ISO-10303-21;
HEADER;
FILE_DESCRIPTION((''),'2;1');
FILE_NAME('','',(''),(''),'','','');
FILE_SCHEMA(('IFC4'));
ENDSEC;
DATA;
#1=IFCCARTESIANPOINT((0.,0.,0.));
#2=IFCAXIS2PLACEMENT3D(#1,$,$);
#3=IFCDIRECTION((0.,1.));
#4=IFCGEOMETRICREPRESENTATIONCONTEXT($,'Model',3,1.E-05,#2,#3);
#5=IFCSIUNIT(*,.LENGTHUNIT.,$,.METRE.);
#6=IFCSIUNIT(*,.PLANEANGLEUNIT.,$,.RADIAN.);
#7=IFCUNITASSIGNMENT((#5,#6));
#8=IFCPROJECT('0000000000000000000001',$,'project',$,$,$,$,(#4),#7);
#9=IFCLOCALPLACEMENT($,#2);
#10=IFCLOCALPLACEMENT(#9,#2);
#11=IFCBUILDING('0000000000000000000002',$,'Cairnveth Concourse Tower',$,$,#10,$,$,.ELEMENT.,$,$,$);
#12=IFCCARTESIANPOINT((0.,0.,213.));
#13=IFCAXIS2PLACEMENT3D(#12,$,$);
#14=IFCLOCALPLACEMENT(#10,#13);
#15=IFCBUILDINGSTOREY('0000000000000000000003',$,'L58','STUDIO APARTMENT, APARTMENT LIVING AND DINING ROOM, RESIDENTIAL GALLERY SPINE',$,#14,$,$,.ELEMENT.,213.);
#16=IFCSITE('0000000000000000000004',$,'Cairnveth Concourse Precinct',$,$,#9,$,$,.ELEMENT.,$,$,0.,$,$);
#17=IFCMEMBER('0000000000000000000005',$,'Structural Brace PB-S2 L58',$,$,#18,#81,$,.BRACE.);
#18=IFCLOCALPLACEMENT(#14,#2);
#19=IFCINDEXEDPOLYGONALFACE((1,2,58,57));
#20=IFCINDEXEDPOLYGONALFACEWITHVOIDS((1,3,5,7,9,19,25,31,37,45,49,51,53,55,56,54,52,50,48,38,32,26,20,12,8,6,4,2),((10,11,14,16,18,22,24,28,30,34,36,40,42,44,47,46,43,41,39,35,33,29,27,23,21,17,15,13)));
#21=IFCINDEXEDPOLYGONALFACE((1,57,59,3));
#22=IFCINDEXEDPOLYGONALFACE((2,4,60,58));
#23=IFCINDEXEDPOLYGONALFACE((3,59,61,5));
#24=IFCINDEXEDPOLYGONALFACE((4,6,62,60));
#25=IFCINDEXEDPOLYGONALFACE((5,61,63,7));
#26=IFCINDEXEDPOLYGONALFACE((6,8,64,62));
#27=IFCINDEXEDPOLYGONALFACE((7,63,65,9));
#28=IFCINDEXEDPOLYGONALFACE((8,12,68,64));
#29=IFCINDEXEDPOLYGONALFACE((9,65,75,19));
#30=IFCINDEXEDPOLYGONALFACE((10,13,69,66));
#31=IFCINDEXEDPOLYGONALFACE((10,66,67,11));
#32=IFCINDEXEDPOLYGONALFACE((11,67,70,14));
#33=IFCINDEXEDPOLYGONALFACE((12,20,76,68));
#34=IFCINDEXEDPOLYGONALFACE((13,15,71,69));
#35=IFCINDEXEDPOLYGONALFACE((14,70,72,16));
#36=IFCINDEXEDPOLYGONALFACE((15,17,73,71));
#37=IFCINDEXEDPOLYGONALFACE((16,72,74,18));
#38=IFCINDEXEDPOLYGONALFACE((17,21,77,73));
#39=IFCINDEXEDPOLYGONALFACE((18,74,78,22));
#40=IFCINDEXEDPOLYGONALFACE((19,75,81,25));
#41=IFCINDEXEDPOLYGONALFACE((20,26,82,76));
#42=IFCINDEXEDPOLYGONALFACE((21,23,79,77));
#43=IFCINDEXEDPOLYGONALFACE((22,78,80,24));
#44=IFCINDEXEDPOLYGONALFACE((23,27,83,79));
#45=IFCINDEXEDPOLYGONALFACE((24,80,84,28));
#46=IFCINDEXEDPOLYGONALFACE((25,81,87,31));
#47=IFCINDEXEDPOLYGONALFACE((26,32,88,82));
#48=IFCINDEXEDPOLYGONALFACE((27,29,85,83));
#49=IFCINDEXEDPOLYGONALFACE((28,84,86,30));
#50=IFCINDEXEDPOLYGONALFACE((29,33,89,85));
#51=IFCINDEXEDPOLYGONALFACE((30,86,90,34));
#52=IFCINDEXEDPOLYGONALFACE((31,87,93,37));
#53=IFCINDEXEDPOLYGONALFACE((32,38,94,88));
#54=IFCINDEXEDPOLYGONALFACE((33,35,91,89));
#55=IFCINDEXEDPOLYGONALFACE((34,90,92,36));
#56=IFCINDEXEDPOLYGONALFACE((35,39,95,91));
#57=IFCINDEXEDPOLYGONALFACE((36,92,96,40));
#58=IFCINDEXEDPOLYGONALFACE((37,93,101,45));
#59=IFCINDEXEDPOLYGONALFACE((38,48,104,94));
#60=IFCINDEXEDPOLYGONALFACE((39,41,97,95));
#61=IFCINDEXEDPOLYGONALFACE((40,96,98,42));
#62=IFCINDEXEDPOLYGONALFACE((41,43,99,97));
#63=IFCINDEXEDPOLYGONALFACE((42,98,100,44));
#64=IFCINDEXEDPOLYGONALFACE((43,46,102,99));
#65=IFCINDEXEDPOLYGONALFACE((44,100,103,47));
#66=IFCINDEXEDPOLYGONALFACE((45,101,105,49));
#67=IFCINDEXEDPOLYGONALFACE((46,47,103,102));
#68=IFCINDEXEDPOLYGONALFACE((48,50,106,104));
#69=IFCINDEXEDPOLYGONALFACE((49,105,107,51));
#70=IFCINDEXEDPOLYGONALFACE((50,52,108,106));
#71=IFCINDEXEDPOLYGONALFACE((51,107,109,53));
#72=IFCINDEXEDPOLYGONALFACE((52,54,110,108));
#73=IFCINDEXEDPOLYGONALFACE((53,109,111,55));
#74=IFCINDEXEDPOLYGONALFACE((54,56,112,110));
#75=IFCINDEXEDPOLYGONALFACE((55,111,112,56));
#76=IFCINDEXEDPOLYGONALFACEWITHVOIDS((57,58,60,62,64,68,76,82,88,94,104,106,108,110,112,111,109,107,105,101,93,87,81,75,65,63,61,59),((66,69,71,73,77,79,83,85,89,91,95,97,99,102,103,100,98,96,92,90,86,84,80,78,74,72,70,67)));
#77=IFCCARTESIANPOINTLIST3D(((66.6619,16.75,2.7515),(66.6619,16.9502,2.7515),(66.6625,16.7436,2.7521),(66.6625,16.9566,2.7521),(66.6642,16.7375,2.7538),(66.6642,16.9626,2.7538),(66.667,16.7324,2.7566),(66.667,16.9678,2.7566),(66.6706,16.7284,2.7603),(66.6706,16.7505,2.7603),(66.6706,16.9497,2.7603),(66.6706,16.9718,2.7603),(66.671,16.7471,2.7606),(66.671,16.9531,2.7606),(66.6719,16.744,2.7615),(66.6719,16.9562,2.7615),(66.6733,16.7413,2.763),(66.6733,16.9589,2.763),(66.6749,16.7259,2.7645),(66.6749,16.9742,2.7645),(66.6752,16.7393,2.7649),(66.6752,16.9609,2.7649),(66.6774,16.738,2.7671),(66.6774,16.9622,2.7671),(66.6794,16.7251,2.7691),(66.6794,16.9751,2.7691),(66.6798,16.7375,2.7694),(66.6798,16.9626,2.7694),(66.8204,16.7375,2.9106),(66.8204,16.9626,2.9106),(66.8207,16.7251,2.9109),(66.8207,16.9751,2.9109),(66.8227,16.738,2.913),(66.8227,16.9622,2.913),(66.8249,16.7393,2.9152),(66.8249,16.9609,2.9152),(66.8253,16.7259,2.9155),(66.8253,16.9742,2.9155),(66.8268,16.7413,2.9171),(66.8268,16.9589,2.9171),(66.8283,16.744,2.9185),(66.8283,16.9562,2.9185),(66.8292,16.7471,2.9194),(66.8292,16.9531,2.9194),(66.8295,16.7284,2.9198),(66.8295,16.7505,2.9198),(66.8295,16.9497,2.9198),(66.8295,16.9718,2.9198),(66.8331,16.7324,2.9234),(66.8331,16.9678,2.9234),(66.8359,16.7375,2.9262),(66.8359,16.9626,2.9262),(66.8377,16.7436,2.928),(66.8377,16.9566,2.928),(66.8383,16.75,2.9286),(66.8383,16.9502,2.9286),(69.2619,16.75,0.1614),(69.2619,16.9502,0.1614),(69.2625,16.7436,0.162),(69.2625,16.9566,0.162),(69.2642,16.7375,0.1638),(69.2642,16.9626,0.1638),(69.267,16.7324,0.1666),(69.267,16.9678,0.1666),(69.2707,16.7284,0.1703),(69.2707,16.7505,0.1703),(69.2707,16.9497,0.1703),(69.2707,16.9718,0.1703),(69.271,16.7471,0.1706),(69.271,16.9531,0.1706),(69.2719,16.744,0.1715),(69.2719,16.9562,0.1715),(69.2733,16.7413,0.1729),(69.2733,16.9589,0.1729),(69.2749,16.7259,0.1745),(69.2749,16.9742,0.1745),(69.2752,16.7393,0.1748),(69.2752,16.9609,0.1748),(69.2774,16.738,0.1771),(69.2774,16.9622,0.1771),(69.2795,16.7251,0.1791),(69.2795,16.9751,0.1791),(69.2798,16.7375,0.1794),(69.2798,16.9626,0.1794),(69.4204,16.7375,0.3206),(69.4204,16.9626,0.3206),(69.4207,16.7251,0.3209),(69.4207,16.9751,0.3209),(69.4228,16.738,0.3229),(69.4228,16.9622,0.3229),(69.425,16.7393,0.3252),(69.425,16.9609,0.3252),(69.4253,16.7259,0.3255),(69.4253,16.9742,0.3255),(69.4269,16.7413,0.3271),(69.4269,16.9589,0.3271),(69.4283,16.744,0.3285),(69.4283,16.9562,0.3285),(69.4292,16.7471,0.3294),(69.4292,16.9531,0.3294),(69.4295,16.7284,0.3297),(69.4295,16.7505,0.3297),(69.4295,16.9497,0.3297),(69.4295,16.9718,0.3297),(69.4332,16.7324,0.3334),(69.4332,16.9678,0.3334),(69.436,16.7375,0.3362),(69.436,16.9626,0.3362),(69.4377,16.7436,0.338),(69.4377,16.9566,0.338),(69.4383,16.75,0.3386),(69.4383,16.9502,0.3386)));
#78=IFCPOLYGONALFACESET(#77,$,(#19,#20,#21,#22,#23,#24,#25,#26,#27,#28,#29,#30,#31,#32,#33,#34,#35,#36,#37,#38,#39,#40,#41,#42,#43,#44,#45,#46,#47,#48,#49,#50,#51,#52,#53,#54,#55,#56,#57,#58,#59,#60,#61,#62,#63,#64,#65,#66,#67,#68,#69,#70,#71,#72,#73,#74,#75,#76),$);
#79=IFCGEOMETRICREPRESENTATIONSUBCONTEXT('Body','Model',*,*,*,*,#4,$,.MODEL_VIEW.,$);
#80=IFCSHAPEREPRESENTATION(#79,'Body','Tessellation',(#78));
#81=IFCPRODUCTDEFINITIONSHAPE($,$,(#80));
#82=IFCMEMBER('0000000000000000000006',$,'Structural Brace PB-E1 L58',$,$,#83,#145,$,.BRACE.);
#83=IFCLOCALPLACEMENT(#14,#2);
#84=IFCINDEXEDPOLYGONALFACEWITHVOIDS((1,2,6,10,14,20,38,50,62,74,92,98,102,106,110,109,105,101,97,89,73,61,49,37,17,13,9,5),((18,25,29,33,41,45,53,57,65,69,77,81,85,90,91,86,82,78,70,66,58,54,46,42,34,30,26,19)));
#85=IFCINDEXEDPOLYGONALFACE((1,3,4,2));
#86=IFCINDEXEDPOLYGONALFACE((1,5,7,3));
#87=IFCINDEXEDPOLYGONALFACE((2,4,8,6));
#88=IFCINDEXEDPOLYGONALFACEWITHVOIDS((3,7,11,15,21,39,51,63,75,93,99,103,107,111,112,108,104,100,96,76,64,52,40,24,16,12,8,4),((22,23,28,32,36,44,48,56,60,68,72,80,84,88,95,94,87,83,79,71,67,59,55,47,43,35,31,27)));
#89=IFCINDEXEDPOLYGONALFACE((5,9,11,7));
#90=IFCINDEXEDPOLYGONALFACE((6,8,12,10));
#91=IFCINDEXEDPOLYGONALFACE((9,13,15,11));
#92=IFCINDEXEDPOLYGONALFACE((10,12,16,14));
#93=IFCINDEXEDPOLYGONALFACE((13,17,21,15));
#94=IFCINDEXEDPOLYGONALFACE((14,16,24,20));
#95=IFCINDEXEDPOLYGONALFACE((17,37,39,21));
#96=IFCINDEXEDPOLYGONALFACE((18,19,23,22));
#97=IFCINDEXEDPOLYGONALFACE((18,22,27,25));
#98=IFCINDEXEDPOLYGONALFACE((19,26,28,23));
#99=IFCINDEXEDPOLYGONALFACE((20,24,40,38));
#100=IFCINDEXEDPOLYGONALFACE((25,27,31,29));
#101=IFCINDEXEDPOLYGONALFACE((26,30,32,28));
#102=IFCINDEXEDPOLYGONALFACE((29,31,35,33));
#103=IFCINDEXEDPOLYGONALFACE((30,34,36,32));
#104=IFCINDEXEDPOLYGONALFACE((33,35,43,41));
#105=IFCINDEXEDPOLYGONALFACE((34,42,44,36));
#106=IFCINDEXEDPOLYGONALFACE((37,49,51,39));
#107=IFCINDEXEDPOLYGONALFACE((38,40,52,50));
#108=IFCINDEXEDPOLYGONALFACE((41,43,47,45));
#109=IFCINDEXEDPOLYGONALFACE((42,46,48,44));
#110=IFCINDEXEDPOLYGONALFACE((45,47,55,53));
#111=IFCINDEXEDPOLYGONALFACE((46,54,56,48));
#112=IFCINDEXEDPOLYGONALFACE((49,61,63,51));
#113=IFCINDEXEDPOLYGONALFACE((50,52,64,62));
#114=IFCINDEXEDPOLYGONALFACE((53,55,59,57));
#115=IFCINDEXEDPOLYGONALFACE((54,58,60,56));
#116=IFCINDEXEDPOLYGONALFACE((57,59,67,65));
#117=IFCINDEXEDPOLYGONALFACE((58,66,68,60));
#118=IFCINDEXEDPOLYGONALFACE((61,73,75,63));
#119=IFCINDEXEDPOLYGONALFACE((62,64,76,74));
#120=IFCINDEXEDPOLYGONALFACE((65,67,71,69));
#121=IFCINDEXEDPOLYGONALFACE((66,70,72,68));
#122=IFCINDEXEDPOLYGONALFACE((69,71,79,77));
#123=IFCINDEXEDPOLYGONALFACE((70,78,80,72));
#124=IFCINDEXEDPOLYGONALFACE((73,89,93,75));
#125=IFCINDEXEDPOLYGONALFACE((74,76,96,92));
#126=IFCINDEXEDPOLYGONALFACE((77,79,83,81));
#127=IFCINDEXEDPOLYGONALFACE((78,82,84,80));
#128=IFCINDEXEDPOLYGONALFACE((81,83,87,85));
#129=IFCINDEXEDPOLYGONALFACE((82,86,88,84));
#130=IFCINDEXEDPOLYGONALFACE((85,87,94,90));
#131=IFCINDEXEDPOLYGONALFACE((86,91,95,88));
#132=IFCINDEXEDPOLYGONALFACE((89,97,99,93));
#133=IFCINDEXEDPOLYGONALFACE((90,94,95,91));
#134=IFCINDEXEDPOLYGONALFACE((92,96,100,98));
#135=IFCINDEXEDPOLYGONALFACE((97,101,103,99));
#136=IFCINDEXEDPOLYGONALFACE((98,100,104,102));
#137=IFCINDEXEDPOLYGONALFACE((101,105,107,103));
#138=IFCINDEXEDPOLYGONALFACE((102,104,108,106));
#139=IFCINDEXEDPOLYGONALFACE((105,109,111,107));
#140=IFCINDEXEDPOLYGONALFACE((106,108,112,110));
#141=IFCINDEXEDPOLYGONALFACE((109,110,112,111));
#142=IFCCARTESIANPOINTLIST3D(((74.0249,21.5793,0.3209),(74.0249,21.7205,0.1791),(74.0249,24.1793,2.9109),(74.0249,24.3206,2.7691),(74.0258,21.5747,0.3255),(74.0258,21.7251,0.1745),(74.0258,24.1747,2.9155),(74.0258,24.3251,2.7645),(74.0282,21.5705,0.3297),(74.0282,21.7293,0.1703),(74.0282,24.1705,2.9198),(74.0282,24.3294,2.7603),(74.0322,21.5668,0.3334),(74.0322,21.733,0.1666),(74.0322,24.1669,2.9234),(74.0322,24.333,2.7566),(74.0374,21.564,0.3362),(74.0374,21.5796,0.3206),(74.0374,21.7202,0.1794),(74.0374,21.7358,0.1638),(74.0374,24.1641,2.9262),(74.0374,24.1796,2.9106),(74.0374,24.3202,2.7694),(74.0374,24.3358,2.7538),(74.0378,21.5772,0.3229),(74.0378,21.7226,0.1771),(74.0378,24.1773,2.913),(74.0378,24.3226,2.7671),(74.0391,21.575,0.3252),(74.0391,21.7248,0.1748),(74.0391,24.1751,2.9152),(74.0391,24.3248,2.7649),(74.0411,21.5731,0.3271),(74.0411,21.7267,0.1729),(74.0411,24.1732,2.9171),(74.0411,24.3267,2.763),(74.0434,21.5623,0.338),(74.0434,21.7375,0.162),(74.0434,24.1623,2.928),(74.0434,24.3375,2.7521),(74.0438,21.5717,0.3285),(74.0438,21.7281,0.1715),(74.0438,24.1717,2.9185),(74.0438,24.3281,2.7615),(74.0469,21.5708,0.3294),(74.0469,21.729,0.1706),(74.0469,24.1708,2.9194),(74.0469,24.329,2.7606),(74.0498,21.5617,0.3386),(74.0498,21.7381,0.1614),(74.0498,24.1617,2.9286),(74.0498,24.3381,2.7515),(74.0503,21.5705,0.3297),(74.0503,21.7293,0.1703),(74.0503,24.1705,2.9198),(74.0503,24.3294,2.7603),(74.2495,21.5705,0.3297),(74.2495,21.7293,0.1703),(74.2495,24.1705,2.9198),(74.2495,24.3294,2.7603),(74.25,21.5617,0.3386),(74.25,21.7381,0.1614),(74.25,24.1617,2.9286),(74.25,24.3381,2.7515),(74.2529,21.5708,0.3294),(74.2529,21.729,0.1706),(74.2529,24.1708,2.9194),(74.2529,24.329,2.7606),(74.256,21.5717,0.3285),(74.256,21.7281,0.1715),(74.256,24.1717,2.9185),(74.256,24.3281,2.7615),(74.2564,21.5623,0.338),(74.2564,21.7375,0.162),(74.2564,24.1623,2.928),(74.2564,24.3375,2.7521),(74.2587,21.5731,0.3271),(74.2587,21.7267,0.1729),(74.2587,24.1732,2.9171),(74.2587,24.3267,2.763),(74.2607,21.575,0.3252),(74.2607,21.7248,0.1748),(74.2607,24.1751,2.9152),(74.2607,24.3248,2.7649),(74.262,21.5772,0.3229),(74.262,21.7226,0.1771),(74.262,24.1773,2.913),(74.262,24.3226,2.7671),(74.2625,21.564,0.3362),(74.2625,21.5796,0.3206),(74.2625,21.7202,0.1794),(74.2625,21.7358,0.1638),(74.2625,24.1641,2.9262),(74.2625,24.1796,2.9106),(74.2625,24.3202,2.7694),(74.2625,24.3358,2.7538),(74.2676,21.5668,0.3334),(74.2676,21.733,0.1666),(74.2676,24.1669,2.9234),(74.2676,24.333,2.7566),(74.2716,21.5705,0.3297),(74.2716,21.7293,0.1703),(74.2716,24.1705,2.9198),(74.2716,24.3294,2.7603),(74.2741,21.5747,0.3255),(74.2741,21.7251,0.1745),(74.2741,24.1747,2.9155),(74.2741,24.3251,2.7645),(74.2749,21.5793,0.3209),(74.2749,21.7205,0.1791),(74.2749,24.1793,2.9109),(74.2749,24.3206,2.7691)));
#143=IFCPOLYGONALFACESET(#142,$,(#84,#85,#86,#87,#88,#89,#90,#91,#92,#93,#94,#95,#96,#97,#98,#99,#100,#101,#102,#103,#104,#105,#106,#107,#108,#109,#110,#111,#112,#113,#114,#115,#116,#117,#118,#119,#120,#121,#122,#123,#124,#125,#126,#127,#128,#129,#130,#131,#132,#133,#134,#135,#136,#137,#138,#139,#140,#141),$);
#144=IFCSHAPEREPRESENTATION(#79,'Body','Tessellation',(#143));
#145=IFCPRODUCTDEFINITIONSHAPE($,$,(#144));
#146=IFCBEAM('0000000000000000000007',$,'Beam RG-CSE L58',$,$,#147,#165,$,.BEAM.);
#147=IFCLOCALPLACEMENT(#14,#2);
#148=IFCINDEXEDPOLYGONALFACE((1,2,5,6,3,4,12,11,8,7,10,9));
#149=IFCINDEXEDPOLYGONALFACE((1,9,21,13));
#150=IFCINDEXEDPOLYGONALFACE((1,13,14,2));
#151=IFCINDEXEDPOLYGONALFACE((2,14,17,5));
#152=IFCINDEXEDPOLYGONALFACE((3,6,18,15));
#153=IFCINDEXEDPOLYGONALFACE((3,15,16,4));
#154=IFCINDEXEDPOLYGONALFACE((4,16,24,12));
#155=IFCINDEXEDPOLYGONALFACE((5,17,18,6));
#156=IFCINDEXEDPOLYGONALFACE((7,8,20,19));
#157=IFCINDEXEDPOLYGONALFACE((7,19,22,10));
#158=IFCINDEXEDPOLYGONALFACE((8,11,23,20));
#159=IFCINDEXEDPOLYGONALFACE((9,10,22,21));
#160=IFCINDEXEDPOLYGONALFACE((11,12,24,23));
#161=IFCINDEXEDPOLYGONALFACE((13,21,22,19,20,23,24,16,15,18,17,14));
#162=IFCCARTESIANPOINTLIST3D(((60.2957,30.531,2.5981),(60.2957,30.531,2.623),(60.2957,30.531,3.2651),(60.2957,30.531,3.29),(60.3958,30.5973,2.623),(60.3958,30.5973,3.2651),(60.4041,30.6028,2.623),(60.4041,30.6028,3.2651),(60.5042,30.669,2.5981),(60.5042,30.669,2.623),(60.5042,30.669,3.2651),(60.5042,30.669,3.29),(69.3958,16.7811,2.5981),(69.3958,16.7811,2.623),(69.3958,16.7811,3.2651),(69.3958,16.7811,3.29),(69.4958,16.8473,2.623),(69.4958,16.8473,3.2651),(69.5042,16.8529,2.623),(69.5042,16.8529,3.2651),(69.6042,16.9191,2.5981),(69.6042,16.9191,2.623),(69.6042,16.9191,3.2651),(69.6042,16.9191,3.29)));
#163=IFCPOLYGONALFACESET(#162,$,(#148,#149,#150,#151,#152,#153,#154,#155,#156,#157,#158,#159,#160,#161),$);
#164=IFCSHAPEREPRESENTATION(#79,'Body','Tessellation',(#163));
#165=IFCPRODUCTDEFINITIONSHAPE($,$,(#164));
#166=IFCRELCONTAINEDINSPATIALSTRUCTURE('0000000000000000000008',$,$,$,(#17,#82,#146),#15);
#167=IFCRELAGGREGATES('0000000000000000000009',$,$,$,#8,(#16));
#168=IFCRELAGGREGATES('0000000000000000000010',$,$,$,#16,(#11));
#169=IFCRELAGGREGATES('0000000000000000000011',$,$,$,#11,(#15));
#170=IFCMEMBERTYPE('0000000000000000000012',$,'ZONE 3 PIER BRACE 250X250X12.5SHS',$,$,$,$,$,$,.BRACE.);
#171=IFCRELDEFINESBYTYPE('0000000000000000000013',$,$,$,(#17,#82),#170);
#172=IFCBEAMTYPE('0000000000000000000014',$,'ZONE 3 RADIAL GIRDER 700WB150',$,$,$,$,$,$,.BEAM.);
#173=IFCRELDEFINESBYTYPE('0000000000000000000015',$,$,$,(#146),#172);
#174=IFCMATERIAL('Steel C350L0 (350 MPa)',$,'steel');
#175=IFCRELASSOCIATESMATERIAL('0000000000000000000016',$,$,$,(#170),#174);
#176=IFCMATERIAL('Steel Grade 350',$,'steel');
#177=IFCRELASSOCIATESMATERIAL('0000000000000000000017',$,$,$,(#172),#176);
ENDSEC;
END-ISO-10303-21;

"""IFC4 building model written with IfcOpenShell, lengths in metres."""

from ifc_helpers import new_model, si_unit, direction, frame, origin, origin_2d, place, context, subcontext, project, spatial, hollow_rectangle, i_section, extrude, material, material_profile, profile_set, type_object, element, save


model = new_model("IFC4")

# Units and contexts
model_context = context("Model", 3, precision=1e-05, world=origin(), true_north=direction((0.0, 1.0)))
body_context = subcontext(model_context, "Body", "Model", "MODEL_VIEW")
ifc_project = project(units=[si_unit("LENGTHUNIT", "METRE"), si_unit("PLANEANGLEUNIT", "RADIAN")], contexts=[model_context])

# Site, building, storey
site_placement = place(None, origin())
site = spatial("IfcSite", under=ifc_project, at=site_placement, Name="Cairnveth Concourse Precinct", CompositionType="ELEMENT", RefElevation=0.0)
building_placement = place(site_placement, origin())
building = spatial("IfcBuilding", under=site, at=building_placement, Name="Cairnveth Concourse Tower", CompositionType="ELEMENT")
storey_placement = place(building_placement, frame((0.0, 0.0, 213.0)))
storey = spatial("IfcBuildingStorey", under=building, at=storey_placement, Name="L58", Description="STUDIO APARTMENT, APARTMENT LIVING AND DINING ROOM, RESIDENTIAL GALLERY SPINE", CompositionType="ELEMENT", Elevation=213.0)

# Shared definitions
ifc_material_1 = material(Name="Steel Grade 350", Category="steel")

# Members
ifc_material_2 = material(Name="Steel C350L0 (350 MPa)", Category="steel")
ifc_material_profile_1 = material_profile(ifc_material_2, hollow_rectangle(XDim=0.25, YDim=0.25, WallThickness=0.0125, InnerFilletRadius=0.0129, OuterFilletRadius=0.0249, at=origin_2d()), Name="250x250x12.5SHS")
ifc_profile_set_1 = profile_set([ifc_material_profile_1], Name="Steel C350L0 (350 MPa)")
member_type = type_object("IfcMemberType", Name="ZONE 3 PIER BRACE 250X250X12.5SHS", PredefinedType="BRACE", material=ifc_profile_set_1)
for number, where, z_axis, x_axis, name in (
    (1, (69.3501, 16.8501, 0.25), (-0.708469, 0.0, 0.705742), (0.0, -1.0, 0.0), "Structural Brace PB-S2 L58"),
    (2, (74.1499, 21.6499, 0.25), (0.0, 0.708469, 0.705742), (-1.0, 0.0, 0.0), "Structural Brace PB-E1 L58"),
):
    element("IfcMember", number, at=place(storey_placement, frame(where, z_axis=z_axis, x_axis=x_axis)), inside=storey, type_object=member_type, Name=name, PredefinedType="BRACE", context=body_context, shape_type="SweptSolid", body=[
        extrude(hollow_rectangle(XDim=0.25, YDim=0.25, WallThickness=0.0125, InnerFilletRadius=0.0129, OuterFilletRadius=0.0249, at=origin_2d()), origin(), (0.0, 0.0, 1.0), 3.6699),
    ])

# Beam
ifc_material_profile_2 = material_profile(ifc_material_1, i_section(OverallWidth=0.25, OverallDepth=0.6919, WebThickness=0.01, FlangeThickness=0.0249, at=origin_2d()), Name="700WB150")
ifc_profile_set_2 = profile_set([ifc_material_profile_2], Name="Steel Grade 350")
beam_type_1 = type_object("IfcBeamType", Name="ZONE 3 RADIAL GIRDER 700WB150", PredefinedType="BEAM", material=ifc_profile_set_2)
beam_1_placement = place(storey_placement, frame((69.5, 16.8501, 2.9441), z_axis=(-0.551902, 0.833909, 0.0), x_axis=(-0.833909, -0.551902, 0.0)))
element("IfcBeam", 3, at=beam_1_placement, inside=storey, type_object=beam_type_1, Name="Beam RG-CSE L58", PredefinedType="BEAM", context=body_context, shape_type="SweptSolid", body=[
    extrude(i_section(OverallWidth=0.25, OverallDepth=0.6919, WebThickness=0.01, FlangeThickness=0.0249, at=origin_2d()), origin(), (0.0, 0.0, 1.0), 16.4885),
])

save(model, "model.ifc")
